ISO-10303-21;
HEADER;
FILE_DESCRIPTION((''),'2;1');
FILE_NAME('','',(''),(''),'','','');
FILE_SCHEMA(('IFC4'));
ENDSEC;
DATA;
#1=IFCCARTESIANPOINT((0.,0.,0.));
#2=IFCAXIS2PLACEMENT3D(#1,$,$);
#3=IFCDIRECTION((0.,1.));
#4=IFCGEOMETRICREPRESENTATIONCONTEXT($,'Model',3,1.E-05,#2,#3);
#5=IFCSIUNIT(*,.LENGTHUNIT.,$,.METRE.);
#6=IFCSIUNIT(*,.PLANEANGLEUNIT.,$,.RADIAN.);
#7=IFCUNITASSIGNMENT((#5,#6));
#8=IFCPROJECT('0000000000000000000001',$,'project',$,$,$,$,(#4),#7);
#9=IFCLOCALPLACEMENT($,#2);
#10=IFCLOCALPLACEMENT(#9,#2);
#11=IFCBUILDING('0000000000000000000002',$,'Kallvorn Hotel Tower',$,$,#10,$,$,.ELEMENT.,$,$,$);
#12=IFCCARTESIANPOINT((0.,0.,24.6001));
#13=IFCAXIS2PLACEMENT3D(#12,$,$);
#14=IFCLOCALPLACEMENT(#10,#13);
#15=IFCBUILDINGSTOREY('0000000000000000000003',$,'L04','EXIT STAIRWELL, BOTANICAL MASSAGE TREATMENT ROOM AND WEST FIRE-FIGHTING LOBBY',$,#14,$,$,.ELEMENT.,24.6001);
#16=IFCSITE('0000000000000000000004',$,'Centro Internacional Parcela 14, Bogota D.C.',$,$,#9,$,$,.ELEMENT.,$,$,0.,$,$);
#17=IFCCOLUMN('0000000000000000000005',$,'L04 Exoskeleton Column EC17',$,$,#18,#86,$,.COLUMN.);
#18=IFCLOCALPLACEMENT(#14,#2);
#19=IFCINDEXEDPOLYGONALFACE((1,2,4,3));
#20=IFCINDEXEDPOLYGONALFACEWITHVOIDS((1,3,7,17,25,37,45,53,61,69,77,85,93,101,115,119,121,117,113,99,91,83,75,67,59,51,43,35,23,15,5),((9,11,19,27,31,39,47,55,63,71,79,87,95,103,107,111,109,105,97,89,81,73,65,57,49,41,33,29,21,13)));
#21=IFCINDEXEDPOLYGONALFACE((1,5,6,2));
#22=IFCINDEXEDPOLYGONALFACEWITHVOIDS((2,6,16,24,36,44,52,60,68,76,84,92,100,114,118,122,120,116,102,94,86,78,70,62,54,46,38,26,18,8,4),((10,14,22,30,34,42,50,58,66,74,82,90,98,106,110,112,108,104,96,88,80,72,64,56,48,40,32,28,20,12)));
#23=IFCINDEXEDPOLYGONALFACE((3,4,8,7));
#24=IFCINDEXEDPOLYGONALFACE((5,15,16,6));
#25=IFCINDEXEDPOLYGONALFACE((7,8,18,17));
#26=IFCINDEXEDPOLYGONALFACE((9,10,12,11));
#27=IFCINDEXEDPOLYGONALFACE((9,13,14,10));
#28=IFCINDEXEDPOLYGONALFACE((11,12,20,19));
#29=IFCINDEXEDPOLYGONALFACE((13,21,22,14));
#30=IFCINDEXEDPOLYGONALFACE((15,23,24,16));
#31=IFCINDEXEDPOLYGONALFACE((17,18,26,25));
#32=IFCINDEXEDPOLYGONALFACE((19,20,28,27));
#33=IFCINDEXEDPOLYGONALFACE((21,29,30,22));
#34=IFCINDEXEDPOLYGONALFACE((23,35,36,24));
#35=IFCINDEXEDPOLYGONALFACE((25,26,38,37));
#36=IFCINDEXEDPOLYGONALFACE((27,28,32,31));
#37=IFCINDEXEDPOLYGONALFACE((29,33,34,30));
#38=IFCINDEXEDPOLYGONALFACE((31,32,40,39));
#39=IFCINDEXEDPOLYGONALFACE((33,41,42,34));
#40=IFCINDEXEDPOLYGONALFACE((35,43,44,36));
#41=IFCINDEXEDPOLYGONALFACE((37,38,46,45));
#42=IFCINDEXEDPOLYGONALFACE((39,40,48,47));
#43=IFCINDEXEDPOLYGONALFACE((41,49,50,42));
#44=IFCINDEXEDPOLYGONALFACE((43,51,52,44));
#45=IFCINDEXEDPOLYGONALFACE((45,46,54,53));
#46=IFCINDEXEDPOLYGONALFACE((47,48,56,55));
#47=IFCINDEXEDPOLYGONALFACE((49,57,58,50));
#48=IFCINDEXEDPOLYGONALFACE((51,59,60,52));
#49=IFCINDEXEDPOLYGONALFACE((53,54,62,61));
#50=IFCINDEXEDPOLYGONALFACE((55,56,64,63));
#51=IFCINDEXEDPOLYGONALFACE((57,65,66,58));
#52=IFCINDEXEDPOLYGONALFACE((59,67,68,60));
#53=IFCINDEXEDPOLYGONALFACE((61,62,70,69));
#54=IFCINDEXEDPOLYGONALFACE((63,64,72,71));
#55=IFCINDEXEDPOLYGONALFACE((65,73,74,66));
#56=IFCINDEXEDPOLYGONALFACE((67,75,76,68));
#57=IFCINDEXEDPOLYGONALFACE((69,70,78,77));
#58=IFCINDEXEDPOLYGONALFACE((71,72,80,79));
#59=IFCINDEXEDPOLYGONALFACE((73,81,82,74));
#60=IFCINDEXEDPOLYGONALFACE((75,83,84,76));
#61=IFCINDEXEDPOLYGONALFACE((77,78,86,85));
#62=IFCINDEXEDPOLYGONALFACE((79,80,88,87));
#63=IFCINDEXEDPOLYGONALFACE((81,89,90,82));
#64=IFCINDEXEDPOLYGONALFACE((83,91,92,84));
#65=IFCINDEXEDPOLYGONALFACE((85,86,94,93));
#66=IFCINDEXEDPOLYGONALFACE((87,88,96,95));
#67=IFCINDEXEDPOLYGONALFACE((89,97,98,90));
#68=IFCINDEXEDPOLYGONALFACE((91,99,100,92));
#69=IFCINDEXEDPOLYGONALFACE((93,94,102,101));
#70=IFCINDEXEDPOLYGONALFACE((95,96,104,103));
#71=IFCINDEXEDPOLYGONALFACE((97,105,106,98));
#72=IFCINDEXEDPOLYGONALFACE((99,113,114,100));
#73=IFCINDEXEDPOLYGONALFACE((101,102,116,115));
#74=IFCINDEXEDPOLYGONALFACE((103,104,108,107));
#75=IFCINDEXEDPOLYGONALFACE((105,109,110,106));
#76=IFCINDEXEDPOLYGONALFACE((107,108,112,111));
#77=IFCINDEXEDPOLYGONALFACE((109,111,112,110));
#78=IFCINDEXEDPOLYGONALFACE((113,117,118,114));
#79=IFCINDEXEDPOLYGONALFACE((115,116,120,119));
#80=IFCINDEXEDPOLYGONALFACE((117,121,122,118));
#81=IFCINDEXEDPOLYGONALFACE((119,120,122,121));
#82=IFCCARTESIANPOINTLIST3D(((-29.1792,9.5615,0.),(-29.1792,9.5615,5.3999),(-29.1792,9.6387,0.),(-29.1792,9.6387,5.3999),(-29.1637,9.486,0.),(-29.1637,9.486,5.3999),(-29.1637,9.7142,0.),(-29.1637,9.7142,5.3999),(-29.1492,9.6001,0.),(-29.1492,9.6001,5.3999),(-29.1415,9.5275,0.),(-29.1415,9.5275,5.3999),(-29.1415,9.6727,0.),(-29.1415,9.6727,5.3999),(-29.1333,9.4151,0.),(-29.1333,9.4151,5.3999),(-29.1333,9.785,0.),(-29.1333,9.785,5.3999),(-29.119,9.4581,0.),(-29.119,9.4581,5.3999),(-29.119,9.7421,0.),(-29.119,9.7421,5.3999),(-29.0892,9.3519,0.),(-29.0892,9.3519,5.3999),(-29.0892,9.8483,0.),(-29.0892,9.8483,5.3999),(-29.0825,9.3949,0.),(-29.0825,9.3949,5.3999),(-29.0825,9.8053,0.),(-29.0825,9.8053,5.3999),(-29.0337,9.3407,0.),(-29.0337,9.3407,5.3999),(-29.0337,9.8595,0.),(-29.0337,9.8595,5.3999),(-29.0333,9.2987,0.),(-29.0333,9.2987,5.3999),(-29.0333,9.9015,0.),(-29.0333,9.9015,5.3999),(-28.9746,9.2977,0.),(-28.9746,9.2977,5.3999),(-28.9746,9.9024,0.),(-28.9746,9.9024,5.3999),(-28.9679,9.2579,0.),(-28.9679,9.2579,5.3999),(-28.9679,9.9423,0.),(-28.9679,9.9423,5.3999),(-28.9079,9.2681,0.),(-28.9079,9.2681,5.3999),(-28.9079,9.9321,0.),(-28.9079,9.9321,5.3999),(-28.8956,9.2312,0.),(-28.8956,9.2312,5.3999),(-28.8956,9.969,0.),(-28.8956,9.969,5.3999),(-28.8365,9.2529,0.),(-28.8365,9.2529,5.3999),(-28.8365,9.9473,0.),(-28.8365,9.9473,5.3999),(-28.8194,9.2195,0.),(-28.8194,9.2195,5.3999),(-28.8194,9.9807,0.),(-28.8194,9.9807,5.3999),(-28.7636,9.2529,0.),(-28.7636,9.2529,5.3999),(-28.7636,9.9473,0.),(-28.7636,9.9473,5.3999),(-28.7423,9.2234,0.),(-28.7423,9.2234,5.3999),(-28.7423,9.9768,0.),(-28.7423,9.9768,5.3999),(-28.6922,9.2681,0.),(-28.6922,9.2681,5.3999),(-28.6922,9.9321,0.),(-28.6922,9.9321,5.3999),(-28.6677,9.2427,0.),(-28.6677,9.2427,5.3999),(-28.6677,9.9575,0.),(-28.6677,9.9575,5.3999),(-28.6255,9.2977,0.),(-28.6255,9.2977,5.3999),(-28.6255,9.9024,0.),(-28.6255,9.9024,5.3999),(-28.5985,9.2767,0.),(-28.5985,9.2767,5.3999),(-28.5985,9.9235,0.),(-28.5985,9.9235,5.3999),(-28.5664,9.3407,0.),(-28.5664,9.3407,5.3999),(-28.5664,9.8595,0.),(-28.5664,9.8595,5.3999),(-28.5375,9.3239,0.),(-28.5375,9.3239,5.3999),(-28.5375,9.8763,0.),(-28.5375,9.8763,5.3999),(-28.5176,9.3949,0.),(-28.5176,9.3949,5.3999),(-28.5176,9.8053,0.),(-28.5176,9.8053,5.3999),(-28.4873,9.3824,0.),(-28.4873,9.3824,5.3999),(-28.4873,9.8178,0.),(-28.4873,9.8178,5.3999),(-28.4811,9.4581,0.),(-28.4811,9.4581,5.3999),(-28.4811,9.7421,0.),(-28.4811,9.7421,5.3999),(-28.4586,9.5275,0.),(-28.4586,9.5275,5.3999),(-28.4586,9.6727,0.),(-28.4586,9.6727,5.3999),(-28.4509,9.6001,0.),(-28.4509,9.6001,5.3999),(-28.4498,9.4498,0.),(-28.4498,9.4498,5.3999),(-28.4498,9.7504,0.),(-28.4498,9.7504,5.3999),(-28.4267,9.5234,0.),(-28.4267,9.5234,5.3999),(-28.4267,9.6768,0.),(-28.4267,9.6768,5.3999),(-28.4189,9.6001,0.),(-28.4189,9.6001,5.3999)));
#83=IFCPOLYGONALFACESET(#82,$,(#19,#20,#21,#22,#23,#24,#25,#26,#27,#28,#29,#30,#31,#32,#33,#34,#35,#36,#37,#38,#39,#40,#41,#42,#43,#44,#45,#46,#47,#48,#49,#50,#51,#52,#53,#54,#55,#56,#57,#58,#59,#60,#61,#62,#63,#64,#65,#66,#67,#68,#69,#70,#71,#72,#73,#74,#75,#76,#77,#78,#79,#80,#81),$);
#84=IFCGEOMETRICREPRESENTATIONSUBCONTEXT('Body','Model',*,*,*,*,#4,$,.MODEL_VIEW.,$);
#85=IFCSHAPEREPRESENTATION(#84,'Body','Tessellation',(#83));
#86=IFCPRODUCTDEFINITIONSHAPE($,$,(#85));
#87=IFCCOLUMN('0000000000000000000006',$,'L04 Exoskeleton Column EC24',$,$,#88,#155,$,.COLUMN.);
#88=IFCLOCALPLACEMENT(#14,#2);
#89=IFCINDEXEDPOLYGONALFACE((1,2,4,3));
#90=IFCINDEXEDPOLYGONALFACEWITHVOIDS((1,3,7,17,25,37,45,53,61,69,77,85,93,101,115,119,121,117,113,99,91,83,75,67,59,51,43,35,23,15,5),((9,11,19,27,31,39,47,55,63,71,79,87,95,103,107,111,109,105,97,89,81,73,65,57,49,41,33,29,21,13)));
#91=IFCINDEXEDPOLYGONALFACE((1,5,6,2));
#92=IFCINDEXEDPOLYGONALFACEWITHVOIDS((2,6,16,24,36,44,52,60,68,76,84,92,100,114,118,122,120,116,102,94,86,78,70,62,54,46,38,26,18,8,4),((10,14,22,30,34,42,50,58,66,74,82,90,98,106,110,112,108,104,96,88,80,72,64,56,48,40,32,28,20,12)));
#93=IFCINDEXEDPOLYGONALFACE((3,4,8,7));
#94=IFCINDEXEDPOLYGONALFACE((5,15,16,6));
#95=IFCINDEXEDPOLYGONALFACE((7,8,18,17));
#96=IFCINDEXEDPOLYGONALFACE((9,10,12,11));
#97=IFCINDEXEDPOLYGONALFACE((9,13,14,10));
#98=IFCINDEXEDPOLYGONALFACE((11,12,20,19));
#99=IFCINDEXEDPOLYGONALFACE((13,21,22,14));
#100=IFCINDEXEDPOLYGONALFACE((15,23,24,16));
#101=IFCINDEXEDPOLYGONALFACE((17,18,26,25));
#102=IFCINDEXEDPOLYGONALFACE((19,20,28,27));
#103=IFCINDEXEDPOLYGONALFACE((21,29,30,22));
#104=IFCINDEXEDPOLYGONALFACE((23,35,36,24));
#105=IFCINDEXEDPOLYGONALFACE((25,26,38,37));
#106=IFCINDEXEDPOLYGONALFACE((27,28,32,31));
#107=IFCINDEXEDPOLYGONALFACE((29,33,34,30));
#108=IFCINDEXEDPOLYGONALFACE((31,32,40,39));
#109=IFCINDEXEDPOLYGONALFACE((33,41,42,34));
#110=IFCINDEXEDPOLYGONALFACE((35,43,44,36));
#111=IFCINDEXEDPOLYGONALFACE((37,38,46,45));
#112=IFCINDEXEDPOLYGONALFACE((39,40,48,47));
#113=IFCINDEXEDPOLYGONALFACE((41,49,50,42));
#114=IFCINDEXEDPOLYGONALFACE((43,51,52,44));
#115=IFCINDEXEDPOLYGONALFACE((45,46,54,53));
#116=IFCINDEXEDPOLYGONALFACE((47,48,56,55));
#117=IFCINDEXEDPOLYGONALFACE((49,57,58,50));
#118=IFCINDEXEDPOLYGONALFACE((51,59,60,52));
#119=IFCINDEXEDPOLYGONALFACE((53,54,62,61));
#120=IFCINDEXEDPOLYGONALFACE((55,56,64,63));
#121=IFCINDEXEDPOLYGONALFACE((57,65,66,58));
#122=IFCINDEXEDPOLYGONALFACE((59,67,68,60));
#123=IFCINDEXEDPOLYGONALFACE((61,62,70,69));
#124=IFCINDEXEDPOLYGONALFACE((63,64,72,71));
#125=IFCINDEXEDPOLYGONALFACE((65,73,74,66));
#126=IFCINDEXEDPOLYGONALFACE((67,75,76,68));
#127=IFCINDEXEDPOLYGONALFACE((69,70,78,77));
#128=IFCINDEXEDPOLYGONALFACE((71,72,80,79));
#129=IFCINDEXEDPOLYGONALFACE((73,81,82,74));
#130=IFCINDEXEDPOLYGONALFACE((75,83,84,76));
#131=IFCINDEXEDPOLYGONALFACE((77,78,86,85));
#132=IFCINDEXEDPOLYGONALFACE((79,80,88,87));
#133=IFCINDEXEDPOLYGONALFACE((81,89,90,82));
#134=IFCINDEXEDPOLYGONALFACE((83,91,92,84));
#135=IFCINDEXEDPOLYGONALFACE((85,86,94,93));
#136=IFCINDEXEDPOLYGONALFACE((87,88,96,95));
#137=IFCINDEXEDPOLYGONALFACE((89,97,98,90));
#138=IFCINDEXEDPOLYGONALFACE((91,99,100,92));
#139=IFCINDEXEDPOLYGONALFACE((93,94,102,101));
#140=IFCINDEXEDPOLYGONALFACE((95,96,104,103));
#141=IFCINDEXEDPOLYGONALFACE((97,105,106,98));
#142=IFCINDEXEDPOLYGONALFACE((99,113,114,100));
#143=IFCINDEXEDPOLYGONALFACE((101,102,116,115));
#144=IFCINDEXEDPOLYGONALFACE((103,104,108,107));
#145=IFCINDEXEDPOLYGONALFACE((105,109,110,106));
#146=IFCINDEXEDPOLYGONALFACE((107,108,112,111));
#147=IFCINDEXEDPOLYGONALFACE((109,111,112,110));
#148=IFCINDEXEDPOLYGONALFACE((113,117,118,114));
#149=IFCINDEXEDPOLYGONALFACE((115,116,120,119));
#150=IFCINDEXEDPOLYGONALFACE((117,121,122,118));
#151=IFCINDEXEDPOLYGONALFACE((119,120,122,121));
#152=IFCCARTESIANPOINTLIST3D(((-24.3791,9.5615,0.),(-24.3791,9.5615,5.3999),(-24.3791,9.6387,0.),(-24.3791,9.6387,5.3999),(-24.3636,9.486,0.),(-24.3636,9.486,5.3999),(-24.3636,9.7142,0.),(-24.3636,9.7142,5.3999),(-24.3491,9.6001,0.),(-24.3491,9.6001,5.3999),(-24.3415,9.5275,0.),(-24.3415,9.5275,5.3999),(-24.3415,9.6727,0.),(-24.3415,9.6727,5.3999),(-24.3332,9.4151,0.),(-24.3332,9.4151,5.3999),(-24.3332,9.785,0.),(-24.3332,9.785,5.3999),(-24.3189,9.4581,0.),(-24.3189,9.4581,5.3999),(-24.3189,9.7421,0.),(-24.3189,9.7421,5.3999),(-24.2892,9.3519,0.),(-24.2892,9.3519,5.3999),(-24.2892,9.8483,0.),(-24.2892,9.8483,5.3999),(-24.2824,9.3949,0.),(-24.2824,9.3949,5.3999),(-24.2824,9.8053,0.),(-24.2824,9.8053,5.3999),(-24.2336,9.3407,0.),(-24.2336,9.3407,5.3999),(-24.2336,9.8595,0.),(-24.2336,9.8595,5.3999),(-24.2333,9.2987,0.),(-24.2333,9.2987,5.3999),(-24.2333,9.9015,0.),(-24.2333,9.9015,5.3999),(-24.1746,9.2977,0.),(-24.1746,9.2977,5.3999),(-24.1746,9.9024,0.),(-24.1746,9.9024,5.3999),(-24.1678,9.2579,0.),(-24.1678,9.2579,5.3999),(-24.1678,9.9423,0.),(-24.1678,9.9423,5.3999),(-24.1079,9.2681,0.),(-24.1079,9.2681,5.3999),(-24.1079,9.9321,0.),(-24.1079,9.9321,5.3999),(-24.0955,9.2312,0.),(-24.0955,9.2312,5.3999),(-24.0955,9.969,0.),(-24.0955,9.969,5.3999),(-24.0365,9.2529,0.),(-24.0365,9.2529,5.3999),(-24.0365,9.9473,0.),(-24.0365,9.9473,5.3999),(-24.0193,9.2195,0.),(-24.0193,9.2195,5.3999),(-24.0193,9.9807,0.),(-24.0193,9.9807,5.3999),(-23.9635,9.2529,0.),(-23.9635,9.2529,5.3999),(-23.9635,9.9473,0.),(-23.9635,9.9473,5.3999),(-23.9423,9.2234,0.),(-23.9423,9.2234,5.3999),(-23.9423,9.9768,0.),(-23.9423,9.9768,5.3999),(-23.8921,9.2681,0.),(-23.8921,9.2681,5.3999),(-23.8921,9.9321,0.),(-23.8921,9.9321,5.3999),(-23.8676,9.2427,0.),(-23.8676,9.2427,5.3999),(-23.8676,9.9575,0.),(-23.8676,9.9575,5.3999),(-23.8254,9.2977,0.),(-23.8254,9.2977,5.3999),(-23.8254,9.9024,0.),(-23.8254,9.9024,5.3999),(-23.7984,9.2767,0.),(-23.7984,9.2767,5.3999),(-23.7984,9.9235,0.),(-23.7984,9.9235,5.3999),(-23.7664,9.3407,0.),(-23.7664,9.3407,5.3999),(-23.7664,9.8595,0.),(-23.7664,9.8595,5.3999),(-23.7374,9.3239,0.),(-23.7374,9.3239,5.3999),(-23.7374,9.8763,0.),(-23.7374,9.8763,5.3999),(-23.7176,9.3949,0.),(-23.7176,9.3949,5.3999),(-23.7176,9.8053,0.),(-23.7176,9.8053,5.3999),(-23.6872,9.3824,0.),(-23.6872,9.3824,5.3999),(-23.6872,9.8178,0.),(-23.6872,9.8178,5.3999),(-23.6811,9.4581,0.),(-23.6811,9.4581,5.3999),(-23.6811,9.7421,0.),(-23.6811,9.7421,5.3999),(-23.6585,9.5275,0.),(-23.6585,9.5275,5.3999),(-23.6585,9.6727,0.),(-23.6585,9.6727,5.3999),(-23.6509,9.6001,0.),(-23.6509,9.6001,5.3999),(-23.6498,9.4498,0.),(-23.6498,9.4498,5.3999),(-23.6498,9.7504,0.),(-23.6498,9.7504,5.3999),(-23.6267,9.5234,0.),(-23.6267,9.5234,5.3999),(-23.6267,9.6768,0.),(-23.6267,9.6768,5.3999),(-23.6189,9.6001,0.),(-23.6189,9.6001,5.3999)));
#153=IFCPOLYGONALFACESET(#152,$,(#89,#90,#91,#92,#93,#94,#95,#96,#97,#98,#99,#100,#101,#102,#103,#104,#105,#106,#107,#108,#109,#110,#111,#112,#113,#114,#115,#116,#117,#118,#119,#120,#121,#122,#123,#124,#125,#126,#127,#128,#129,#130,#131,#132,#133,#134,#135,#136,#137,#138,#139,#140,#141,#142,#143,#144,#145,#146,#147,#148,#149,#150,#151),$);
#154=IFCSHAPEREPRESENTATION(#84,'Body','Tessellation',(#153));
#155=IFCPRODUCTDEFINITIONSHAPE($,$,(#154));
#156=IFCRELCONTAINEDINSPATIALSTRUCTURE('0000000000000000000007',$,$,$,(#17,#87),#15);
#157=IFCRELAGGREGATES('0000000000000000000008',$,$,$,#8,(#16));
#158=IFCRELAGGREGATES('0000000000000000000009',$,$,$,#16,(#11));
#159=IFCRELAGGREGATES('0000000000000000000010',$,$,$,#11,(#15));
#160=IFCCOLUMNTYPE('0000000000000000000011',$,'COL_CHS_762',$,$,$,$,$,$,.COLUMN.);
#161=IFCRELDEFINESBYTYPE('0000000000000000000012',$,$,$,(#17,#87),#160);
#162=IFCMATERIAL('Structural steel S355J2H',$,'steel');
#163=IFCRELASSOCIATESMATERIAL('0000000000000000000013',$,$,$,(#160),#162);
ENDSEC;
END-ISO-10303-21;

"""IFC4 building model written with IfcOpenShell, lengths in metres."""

from ifc_helpers import new_model, si_unit, direction, frame, origin, origin_2d, place, context, subcontext, project, spatial, hollow_circle, extrude, material, material_profile, profile_set, type_object, element, save


model = new_model("IFC4")

# Units and contexts
model_context = context("Model", 3, precision=1e-05, world=origin(), true_north=direction((0.0, 1.0)))
body_context = subcontext(model_context, "Body", "Model", "MODEL_VIEW")
ifc_project = project(units=[si_unit("LENGTHUNIT", "METRE"), si_unit("PLANEANGLEUNIT", "RADIAN")], contexts=[model_context])

# Site, building, storey
site_placement = place(None, origin())
site = spatial("IfcSite", under=ifc_project, at=site_placement, Name="Centro Internacional Parcela 14, Bogota D.C.", CompositionType="ELEMENT", RefElevation=0.0)
building_placement = place(site_placement, origin())
building = spatial("IfcBuilding", under=site, at=building_placement, Name="Kallvorn Hotel Tower", CompositionType="ELEMENT")
storey_placement = place(building_placement, frame((0.0, 0.0, 24.6001)))
storey = spatial("IfcBuildingStorey", under=building, at=storey_placement, Name="L04", Description="EXIT STAIRWELL, BOTANICAL MASSAGE TREATMENT ROOM AND WEST FIRE-FIGHTING LOBBY", CompositionType="ELEMENT", Elevation=24.6001)

# Columns
ifc_material_1 = material(Name="Structural steel S355J2H", Category="steel")
ifc_material_profile_1 = material_profile(ifc_material_1, hollow_circle(Radius=0.3811, WallThickness=0.032, at=origin_2d()), Name="CHS 762x32")
ifc_profile_set_1 = profile_set([ifc_material_profile_1], Name="Structural steel S355J2H")
column_type_1 = type_object("IfcColumnType", Name="COL_CHS_762", PredefinedType="COLUMN", material=ifc_profile_set_1)
for number, where, z_axis, x_axis, name in (
    (1, (-28.8, 9.6001, 0.0), (0.0, 0.0, 1.0), (1.0, 0.0, 0.0), "L04 Exoskeleton Column EC17"),
    (2, (-24.0, 9.6001, 0.0), (0.0, 0.0, 1.0), (1.0, 0.0, 0.0), "L04 Exoskeleton Column EC24"),
):
    element("IfcColumn", number, at=place(storey_placement, frame(where, z_axis=z_axis, x_axis=x_axis)), inside=storey, type_object=column_type_1, Name=name, PredefinedType="COLUMN", context=body_context, shape_type="SweptSolid", body=[
        extrude(hollow_circle(Radius=0.3811, WallThickness=0.032, at=origin_2d()), origin(), (0.0, 0.0, 1.0), 5.3999),
    ])

save(model, "model.ifc")
